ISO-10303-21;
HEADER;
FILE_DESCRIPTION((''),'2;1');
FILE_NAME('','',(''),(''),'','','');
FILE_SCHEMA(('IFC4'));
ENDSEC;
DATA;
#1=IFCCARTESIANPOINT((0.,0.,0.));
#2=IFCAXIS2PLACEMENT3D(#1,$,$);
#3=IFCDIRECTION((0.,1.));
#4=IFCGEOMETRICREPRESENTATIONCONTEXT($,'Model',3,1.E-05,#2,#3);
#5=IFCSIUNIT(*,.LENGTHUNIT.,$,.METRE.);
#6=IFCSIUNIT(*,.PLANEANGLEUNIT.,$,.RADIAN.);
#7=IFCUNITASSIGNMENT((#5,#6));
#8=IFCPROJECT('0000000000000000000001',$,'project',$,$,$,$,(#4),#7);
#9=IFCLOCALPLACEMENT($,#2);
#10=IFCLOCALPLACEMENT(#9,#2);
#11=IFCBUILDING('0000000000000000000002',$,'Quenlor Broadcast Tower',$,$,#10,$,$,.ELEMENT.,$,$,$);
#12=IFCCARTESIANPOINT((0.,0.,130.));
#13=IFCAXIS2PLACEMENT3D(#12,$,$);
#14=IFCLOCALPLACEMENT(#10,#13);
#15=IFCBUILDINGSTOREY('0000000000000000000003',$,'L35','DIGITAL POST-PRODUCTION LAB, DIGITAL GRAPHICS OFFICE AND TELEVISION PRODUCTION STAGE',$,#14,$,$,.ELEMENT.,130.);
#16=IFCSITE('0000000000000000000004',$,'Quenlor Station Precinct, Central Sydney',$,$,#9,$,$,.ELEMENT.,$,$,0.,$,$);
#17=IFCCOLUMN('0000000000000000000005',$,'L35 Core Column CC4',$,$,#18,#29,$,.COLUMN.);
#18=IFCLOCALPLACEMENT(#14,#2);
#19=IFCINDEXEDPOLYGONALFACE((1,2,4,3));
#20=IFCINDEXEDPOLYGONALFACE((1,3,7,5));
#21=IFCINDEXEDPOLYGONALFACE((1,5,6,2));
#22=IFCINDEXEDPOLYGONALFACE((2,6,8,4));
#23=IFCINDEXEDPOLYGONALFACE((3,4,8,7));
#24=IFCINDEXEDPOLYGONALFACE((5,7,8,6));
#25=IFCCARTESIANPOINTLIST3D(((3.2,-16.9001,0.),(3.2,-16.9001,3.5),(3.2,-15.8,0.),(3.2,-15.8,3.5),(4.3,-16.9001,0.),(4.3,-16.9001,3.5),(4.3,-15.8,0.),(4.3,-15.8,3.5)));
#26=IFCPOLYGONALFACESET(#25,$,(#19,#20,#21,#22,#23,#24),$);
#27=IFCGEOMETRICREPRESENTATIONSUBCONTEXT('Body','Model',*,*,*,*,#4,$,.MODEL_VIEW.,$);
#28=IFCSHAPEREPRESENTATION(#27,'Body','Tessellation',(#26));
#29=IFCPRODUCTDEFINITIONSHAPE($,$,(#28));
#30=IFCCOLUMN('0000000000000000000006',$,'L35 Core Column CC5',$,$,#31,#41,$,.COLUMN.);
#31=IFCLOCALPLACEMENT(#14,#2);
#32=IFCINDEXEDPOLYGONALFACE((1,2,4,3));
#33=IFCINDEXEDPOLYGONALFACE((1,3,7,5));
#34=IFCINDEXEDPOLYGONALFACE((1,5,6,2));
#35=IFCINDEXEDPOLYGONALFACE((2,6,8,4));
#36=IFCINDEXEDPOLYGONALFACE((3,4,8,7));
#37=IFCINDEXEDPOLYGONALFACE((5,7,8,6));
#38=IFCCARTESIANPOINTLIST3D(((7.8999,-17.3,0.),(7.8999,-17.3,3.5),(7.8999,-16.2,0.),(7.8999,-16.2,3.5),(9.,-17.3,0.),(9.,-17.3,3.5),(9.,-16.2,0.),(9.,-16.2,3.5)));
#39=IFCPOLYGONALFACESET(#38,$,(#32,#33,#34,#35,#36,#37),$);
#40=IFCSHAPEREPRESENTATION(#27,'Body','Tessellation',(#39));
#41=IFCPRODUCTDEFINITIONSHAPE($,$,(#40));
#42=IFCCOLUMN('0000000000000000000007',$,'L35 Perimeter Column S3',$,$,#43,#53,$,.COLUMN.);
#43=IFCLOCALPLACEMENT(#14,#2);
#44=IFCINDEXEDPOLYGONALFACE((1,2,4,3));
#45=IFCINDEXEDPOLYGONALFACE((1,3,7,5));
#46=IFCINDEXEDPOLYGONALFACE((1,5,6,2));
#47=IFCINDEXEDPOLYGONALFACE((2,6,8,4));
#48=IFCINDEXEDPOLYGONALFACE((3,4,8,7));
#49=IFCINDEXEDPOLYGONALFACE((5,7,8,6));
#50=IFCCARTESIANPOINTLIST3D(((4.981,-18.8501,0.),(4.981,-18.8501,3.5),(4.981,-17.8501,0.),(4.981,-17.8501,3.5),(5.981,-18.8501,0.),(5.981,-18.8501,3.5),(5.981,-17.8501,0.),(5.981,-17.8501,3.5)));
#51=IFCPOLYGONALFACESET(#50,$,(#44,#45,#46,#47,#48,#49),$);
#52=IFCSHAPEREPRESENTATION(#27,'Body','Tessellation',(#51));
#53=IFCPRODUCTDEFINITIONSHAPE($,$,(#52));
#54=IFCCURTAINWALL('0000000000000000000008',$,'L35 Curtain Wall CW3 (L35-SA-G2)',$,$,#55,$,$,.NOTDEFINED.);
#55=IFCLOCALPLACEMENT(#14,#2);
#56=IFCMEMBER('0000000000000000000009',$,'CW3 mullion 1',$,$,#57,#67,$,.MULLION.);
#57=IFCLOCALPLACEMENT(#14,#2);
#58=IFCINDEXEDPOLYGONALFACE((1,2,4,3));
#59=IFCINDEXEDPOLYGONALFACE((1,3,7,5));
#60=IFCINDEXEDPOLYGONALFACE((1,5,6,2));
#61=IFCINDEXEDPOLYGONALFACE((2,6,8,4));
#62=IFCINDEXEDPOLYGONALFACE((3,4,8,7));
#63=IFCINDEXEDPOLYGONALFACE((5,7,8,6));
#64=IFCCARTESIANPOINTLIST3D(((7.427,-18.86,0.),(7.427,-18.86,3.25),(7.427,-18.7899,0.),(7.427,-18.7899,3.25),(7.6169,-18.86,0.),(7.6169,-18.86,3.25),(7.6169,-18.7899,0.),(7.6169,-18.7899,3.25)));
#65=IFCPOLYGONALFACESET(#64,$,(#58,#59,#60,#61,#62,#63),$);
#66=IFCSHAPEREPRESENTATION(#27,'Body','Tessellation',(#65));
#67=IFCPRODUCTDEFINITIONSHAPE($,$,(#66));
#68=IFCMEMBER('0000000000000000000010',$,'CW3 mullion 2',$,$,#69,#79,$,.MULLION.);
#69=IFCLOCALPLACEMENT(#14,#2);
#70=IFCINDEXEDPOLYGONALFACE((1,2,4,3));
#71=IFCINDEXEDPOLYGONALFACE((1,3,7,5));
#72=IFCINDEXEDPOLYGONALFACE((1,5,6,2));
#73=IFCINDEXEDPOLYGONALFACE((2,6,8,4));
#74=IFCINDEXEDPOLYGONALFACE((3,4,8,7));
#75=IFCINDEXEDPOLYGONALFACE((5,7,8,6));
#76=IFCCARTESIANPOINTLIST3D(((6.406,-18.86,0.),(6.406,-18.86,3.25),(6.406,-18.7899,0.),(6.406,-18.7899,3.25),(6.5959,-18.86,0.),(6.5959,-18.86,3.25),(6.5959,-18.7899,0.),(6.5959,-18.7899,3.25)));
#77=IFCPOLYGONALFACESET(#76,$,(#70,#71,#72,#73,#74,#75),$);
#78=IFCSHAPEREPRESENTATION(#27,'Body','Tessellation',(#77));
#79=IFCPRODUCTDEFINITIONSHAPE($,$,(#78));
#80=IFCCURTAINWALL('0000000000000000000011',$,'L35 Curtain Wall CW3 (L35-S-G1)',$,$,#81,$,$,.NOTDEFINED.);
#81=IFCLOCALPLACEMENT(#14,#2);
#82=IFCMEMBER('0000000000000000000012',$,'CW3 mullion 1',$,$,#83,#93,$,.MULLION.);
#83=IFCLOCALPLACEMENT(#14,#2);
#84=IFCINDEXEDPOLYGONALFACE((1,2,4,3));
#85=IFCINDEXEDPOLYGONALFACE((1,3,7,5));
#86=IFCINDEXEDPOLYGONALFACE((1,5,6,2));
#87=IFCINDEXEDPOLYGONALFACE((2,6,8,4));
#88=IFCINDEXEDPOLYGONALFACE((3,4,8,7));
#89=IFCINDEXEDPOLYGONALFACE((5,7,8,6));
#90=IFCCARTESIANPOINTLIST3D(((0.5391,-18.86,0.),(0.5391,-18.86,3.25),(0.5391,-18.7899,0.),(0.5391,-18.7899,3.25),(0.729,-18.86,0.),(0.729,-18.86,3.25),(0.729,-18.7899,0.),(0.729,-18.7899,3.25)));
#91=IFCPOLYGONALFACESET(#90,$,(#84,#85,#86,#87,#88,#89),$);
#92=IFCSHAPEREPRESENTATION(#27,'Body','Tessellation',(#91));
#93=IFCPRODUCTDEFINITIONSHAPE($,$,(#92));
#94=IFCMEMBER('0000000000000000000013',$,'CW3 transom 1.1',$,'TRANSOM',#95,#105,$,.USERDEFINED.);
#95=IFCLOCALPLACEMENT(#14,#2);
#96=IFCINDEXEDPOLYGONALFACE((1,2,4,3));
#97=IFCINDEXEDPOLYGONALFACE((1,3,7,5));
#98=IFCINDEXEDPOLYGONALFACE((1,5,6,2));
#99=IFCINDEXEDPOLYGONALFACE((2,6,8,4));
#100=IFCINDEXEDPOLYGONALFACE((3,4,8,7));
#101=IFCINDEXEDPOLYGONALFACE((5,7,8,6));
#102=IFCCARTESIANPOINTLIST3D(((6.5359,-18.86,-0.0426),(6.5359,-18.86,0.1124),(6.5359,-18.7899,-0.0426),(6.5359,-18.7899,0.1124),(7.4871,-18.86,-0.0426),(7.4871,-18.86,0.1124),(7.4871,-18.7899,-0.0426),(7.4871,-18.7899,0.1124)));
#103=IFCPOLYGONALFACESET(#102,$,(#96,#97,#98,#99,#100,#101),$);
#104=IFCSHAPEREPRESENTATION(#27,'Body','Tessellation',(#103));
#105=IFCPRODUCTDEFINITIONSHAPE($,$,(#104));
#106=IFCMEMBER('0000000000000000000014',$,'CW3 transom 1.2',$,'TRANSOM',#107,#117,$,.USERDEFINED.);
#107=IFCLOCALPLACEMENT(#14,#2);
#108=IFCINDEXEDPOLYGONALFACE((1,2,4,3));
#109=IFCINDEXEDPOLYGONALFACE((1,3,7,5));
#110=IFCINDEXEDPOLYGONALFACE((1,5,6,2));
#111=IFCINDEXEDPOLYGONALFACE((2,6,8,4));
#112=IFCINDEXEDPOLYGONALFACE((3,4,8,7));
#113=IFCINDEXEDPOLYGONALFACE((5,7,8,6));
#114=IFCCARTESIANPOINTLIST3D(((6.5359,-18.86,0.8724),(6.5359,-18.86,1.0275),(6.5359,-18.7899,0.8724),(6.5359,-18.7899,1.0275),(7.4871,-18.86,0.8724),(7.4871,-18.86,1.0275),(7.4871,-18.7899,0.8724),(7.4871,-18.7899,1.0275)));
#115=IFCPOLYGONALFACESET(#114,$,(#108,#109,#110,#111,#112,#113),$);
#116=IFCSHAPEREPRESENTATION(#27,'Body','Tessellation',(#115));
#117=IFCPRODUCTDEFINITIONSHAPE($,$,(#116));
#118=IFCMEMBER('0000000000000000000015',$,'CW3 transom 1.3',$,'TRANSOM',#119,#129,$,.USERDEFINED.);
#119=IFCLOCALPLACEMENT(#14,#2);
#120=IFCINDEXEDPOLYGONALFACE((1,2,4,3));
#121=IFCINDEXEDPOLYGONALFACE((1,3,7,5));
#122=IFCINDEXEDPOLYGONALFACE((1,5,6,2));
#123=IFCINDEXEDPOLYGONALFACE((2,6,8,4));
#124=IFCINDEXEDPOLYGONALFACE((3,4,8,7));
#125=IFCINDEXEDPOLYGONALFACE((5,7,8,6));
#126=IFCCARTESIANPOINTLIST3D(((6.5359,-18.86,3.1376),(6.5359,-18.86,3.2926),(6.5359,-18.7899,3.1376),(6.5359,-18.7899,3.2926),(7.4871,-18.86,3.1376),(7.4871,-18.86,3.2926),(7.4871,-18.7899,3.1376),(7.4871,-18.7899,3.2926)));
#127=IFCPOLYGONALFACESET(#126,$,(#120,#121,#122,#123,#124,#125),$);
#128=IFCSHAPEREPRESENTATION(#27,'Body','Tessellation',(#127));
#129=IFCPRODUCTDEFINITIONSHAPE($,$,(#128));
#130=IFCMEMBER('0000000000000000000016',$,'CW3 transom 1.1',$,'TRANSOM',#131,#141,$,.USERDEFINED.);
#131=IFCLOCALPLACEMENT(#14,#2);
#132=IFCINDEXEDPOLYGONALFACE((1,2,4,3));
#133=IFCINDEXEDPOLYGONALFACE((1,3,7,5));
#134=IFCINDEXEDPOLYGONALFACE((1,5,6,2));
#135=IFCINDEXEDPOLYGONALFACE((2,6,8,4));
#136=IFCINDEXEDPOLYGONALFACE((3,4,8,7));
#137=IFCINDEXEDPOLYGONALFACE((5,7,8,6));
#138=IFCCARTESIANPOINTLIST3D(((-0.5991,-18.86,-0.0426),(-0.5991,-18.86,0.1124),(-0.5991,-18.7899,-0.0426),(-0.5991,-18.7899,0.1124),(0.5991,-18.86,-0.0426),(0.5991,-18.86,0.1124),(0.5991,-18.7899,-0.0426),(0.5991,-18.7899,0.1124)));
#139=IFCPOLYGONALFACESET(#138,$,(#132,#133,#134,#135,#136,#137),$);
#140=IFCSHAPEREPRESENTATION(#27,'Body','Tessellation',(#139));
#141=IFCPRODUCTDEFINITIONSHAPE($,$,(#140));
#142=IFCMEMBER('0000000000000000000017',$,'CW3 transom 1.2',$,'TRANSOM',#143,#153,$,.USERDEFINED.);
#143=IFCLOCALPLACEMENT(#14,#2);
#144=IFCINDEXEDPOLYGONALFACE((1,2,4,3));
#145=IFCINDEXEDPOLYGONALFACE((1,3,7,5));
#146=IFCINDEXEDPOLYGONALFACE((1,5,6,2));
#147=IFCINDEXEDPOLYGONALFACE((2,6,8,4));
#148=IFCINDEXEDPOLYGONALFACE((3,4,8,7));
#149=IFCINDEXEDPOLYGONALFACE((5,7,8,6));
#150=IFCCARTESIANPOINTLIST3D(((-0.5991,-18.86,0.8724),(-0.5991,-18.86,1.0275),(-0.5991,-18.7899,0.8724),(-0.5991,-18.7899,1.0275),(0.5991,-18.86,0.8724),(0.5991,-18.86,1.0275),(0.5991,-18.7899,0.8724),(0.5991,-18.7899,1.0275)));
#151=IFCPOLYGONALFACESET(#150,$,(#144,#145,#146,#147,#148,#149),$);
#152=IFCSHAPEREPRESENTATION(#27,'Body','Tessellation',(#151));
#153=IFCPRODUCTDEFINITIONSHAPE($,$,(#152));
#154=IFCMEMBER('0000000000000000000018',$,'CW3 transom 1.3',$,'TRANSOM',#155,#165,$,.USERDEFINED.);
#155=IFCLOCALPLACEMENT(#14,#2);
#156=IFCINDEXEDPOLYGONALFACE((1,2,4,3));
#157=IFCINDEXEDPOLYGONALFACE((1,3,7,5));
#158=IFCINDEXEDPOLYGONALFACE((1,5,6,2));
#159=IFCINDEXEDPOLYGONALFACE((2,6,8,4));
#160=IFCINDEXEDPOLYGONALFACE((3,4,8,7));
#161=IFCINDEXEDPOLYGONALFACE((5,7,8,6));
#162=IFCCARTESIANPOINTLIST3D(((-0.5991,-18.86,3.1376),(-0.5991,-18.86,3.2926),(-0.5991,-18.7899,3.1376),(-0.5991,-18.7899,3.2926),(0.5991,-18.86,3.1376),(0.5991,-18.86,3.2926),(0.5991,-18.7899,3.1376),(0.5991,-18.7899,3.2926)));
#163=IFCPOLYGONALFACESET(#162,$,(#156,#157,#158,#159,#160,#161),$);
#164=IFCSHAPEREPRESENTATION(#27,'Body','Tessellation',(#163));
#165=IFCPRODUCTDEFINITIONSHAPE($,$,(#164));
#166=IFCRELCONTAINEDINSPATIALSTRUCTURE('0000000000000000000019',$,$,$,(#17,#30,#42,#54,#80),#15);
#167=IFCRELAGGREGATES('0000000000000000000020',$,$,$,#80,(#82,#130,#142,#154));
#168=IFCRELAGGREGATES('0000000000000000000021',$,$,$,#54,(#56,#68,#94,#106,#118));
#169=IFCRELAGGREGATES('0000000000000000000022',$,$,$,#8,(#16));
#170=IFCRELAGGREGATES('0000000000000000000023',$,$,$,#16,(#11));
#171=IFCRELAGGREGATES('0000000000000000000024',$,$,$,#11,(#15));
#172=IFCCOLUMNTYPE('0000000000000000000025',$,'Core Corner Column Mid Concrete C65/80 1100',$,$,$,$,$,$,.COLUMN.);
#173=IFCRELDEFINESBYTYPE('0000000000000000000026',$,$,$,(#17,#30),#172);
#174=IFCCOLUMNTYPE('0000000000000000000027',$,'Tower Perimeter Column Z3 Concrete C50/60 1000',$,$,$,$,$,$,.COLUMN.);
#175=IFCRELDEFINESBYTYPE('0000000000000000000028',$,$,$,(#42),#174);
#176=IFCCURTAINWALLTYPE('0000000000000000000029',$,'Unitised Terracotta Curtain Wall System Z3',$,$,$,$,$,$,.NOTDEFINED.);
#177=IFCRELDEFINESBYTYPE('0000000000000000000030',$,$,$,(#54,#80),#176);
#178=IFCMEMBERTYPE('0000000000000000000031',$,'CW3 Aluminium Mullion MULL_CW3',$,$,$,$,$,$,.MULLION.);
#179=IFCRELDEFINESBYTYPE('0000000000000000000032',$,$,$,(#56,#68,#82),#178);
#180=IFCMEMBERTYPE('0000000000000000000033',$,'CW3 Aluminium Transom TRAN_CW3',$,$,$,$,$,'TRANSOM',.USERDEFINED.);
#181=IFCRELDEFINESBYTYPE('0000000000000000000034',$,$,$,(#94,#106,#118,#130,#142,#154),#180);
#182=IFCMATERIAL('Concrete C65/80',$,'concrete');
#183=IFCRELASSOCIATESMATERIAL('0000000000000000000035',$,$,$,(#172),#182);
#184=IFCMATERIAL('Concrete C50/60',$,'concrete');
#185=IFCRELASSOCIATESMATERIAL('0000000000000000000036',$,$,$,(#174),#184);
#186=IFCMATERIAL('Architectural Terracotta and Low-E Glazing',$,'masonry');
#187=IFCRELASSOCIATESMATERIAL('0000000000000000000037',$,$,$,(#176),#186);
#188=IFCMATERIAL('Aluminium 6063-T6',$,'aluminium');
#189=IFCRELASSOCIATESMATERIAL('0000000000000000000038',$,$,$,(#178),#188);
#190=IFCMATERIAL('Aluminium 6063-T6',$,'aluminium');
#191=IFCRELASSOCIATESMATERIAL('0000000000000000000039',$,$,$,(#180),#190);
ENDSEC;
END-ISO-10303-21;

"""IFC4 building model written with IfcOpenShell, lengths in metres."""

from ifc_helpers import new_model, si_unit, direction, frame, origin, origin_2d, place, context, subcontext, project, spatial, rectangle, extrude, material, material_profile, profile_set, type_object, element, aggregate, save


model = new_model("IFC4")

# Units and contexts
model_context = context("Model", 3, precision=1e-05, world=origin(), true_north=direction((0.0, 1.0)))
body_context = subcontext(model_context, "Body", "Model", "MODEL_VIEW")
ifc_project = project(units=[si_unit("LENGTHUNIT", "METRE"), si_unit("PLANEANGLEUNIT", "RADIAN")], contexts=[model_context])

# Site, building, storey
site_placement = place(None, origin())
site = spatial("IfcSite", under=ifc_project, at=site_placement, Name="Quenlor Station Precinct, Central Sydney", CompositionType="ELEMENT", RefElevation=0.0)
building_placement = place(site_placement, origin())
building = spatial("IfcBuilding", under=site, at=building_placement, Name="Quenlor Broadcast Tower", CompositionType="ELEMENT")
storey_placement = place(building_placement, frame((0.0, 0.0, 130.0)))
storey = spatial("IfcBuildingStorey", under=building, at=storey_placement, Name="L35", Description="DIGITAL POST-PRODUCTION LAB, DIGITAL GRAPHICS OFFICE AND TELEVISION PRODUCTION STAGE", CompositionType="ELEMENT", Elevation=130.0)

# Columns
ifc_material_1 = material(Name="Concrete C65/80", Category="concrete")
ifc_material_profile_1 = material_profile(ifc_material_1, rectangle(XDim=1.1001, YDim=1.1001, at=origin_2d()))
ifc_profile_set_1 = profile_set([ifc_material_profile_1], Name="Concrete C65/80 RC1100x1100")
column_type_1 = type_object("IfcColumnType", Name="Core Corner Column Mid Concrete C65/80 1100", PredefinedType="COLUMN", material=ifc_profile_set_1)
for number, where, z_axis, x_axis, name in (
    (1, (3.75, -16.3501, 0.0), (0.0, 0.0, 1.0), (1.0, 0.0, 0.0), "L35 Core Column CC4"),
    (2, (8.45, -16.75, 0.0), (0.0, 0.0, 1.0), (1.0, 0.0, 0.0), "L35 Core Column CC5"),
):
    element("IfcColumn", number, at=place(storey_placement, frame(where, z_axis=z_axis, x_axis=x_axis)), inside=storey, type_object=column_type_1, Name=name, PredefinedType="COLUMN", context=body_context, shape_type="SweptSolid", body=[
        extrude(rectangle(XDim=1.1001, YDim=1.1001, at=origin_2d()), origin(), (0.0, 0.0, 1.0), 3.5),
    ])
ifc_material_2 = material(Name="Concrete C50/60", Category="concrete")
ifc_material_profile_2 = material_profile(ifc_material_2, rectangle(XDim=1.0, YDim=1.0, at=origin_2d()))
ifc_profile_set_2 = profile_set([ifc_material_profile_2], Name="Concrete C50/60 RC1000x1000")
column_type_2 = type_object("IfcColumnType", Name="Tower Perimeter Column Z3 Concrete C50/60 1000", PredefinedType="COLUMN", material=ifc_profile_set_2)
column_placement = place(storey_placement, frame((5.481, -18.3501, 0.0), z_axis=(0.0, 0.0, 1.0), x_axis=(0.0, 1.0, 0.0)))
element("IfcColumn", 3, at=column_placement, inside=storey, type_object=column_type_2, Name="L35 Perimeter Column S3", PredefinedType="COLUMN", context=body_context, shape_type="SweptSolid", body=[
    extrude(rectangle(XDim=1.0, YDim=1.0, at=origin_2d()), origin(), (0.0, 0.0, 1.0), 3.5),
])

# Curtain wall, members
ifc_material_3 = material(Name="Architectural Terracotta and Low-E Glazing", Category="masonry")
curtain_wall_type = type_object("IfcCurtainWallType", Name="Unitised Terracotta Curtain Wall System Z3", PredefinedType="NOTDEFINED", material=ifc_material_3)
curtain_wall_1_placement = place(storey_placement, origin())
curtain_wall_1 = element("IfcCurtainWall", 4, at=curtain_wall_1_placement, inside=storey, type_object=curtain_wall_type, Name="L35 Curtain Wall CW3 (L35-SA-G2)", PredefinedType="NOTDEFINED")
ifc_material_4 = material(Name="Aluminium 6063-T6", Category="aluminium")
ifc_material_profile_3 = material_profile(ifc_material_4, rectangle(XDim=0.0701, YDim=0.1899, at=origin_2d()))
ifc_profile_set_3 = profile_set([ifc_material_profile_3], Name="Aluminium 6063-T6 MULL70x190")
member_type_1 = type_object("IfcMemberType", Name="CW3 Aluminium Mullion MULL_CW3", PredefinedType="MULLION", material=ifc_profile_set_3)
member_1_placement = place(storey_placement, frame((7.522, -18.825, 0.0), z_axis=(0.0, 0.0, 1.0), x_axis=(0.0, -1.0, 0.0)))
member_1 = element("IfcMember", 5, at=member_1_placement, type_object=member_type_1, Name="CW3 mullion 1", PredefinedType="MULLION", context=body_context, shape_type="SweptSolid", body=[
    extrude(rectangle(XDim=0.0701, YDim=0.1899, at=origin_2d()), origin(), (0.0, 0.0, 1.0), 3.25),
])
member_2_placement = place(storey_placement, frame((6.501, -18.825, 0.0), z_axis=(0.0, 0.0, 1.0), x_axis=(0.0, -1.0, 0.0)))
member_2 = element("IfcMember", 6, at=member_2_placement, type_object=member_type_1, Name="CW3 mullion 2", PredefinedType="MULLION", context=body_context, shape_type="SweptSolid", body=[
    extrude(rectangle(XDim=0.0701, YDim=0.1899, at=origin_2d()), origin(), (0.0, 0.0, 1.0), 3.25),
])

# Curtain wall, member
curtain_wall_2_placement = place(storey_placement, origin())
curtain_wall_2 = element("IfcCurtainWall", 7, at=curtain_wall_2_placement, inside=storey, type_object=curtain_wall_type, Name="L35 Curtain Wall CW3 (L35-S-G1)", PredefinedType="NOTDEFINED")
member_3_placement = place(storey_placement, frame((0.634, -18.825, 0.0), z_axis=(0.0, 0.0, 1.0), x_axis=(0.0, -1.0, 0.0)))
member_3 = element("IfcMember", 8, at=member_3_placement, type_object=member_type_1, Name="CW3 mullion 1", PredefinedType="MULLION", context=body_context, shape_type="SweptSolid", body=[
    extrude(rectangle(XDim=0.0701, YDim=0.1899, at=origin_2d()), origin(), (0.0, 0.0, 1.0), 3.25),
])

# Members
ifc_material_5 = material(Name="Aluminium 6063-T6", Category="aluminium")
ifc_material_profile_4 = material_profile(ifc_material_5, rectangle(XDim=0.0701, YDim=0.155, at=origin_2d()))
ifc_profile_set_4 = profile_set([ifc_material_profile_4], Name="Aluminium 6063-T6 TRAN70x155")
member_type_2 = type_object("IfcMemberType", Name="CW3 Aluminium Transom TRAN_CW3", ElementType="TRANSOM", PredefinedType="USERDEFINED", material=ifc_profile_set_4)
member_4_placement = place(storey_placement, frame((7.4871, -18.825, 0.0349), z_axis=(-1.0, 0.0, 0.0), x_axis=(0.0, -1.0, 0.0)))
member_4 = element("IfcMember", 9, at=member_4_placement, type_object=member_type_2, Name="CW3 transom 1.1", ObjectType="TRANSOM", PredefinedType="USERDEFINED", context=body_context, shape_type="SweptSolid", body=[
    extrude(rectangle(XDim=0.0701, YDim=0.155, at=origin_2d()), origin(), (0.0, 0.0, 1.0), 0.9512),
])
member_5_placement = place(storey_placement, frame((7.4871, -18.825, 0.95), z_axis=(-1.0, 0.0, 0.0), x_axis=(0.0, -1.0, 0.0)))
member_5 = element("IfcMember", 10, at=member_5_placement, type_object=member_type_2, Name="CW3 transom 1.2", ObjectType="TRANSOM", PredefinedType="USERDEFINED", context=body_context, shape_type="SweptSolid", body=[
    extrude(rectangle(XDim=0.0701, YDim=0.155, at=origin_2d()), origin(), (0.0, 0.0, 1.0), 0.9512),
])
member_6_placement = place(storey_placement, frame((7.4871, -18.825, 3.2151), z_axis=(-1.0, 0.0, 0.0), x_axis=(0.0, -1.0, 0.0)))
member_6 = element("IfcMember", 11, at=member_6_placement, type_object=member_type_2, Name="CW3 transom 1.3", ObjectType="TRANSOM", PredefinedType="USERDEFINED", context=body_context, shape_type="SweptSolid", body=[
    extrude(rectangle(XDim=0.0701, YDim=0.155, at=origin_2d()), origin(), (0.0, 0.0, 1.0), 0.9512),
])
member_7_placement = place(storey_placement, frame((0.5991, -18.825, 0.0349), z_axis=(-1.0, 0.0, 0.0), x_axis=(0.0, -1.0, 0.0)))
member_7 = element("IfcMember", 12, at=member_7_placement, type_object=member_type_2, Name="CW3 transom 1.1", ObjectType="TRANSOM", PredefinedType="USERDEFINED", context=body_context, shape_type="SweptSolid", body=[
    extrude(rectangle(XDim=0.0701, YDim=0.155, at=origin_2d()), origin(), (0.0, 0.0, 1.0), 1.1982),
])
member_8_placement = place(storey_placement, frame((0.5991, -18.825, 0.95), z_axis=(-1.0, 0.0, 0.0), x_axis=(0.0, -1.0, 0.0)))
member_8 = element("IfcMember", 13, at=member_8_placement, type_object=member_type_2, Name="CW3 transom 1.2", ObjectType="TRANSOM", PredefinedType="USERDEFINED", context=body_context, shape_type="SweptSolid", body=[
    extrude(rectangle(XDim=0.0701, YDim=0.155, at=origin_2d()), origin(), (0.0, 0.0, 1.0), 1.1982),
])
member_9_placement = place(storey_placement, frame((0.5991, -18.825, 3.2151), z_axis=(-1.0, 0.0, 0.0), x_axis=(0.0, -1.0, 0.0)))
member_9 = element("IfcMember", 14, at=member_9_placement, type_object=member_type_2, Name="CW3 transom 1.3", ObjectType="TRANSOM", PredefinedType="USERDEFINED", context=body_context, shape_type="SweptSolid", body=[
    extrude(rectangle(XDim=0.0701, YDim=0.155, at=origin_2d()), origin(), (0.0, 0.0, 1.0), 1.1982),
])
aggregate(curtain_wall_2, [member_3, member_7, member_8, member_9])

aggregate(curtain_wall_1, [member_1, member_2, member_4, member_5, member_6])

save(model, "model.ifc")
